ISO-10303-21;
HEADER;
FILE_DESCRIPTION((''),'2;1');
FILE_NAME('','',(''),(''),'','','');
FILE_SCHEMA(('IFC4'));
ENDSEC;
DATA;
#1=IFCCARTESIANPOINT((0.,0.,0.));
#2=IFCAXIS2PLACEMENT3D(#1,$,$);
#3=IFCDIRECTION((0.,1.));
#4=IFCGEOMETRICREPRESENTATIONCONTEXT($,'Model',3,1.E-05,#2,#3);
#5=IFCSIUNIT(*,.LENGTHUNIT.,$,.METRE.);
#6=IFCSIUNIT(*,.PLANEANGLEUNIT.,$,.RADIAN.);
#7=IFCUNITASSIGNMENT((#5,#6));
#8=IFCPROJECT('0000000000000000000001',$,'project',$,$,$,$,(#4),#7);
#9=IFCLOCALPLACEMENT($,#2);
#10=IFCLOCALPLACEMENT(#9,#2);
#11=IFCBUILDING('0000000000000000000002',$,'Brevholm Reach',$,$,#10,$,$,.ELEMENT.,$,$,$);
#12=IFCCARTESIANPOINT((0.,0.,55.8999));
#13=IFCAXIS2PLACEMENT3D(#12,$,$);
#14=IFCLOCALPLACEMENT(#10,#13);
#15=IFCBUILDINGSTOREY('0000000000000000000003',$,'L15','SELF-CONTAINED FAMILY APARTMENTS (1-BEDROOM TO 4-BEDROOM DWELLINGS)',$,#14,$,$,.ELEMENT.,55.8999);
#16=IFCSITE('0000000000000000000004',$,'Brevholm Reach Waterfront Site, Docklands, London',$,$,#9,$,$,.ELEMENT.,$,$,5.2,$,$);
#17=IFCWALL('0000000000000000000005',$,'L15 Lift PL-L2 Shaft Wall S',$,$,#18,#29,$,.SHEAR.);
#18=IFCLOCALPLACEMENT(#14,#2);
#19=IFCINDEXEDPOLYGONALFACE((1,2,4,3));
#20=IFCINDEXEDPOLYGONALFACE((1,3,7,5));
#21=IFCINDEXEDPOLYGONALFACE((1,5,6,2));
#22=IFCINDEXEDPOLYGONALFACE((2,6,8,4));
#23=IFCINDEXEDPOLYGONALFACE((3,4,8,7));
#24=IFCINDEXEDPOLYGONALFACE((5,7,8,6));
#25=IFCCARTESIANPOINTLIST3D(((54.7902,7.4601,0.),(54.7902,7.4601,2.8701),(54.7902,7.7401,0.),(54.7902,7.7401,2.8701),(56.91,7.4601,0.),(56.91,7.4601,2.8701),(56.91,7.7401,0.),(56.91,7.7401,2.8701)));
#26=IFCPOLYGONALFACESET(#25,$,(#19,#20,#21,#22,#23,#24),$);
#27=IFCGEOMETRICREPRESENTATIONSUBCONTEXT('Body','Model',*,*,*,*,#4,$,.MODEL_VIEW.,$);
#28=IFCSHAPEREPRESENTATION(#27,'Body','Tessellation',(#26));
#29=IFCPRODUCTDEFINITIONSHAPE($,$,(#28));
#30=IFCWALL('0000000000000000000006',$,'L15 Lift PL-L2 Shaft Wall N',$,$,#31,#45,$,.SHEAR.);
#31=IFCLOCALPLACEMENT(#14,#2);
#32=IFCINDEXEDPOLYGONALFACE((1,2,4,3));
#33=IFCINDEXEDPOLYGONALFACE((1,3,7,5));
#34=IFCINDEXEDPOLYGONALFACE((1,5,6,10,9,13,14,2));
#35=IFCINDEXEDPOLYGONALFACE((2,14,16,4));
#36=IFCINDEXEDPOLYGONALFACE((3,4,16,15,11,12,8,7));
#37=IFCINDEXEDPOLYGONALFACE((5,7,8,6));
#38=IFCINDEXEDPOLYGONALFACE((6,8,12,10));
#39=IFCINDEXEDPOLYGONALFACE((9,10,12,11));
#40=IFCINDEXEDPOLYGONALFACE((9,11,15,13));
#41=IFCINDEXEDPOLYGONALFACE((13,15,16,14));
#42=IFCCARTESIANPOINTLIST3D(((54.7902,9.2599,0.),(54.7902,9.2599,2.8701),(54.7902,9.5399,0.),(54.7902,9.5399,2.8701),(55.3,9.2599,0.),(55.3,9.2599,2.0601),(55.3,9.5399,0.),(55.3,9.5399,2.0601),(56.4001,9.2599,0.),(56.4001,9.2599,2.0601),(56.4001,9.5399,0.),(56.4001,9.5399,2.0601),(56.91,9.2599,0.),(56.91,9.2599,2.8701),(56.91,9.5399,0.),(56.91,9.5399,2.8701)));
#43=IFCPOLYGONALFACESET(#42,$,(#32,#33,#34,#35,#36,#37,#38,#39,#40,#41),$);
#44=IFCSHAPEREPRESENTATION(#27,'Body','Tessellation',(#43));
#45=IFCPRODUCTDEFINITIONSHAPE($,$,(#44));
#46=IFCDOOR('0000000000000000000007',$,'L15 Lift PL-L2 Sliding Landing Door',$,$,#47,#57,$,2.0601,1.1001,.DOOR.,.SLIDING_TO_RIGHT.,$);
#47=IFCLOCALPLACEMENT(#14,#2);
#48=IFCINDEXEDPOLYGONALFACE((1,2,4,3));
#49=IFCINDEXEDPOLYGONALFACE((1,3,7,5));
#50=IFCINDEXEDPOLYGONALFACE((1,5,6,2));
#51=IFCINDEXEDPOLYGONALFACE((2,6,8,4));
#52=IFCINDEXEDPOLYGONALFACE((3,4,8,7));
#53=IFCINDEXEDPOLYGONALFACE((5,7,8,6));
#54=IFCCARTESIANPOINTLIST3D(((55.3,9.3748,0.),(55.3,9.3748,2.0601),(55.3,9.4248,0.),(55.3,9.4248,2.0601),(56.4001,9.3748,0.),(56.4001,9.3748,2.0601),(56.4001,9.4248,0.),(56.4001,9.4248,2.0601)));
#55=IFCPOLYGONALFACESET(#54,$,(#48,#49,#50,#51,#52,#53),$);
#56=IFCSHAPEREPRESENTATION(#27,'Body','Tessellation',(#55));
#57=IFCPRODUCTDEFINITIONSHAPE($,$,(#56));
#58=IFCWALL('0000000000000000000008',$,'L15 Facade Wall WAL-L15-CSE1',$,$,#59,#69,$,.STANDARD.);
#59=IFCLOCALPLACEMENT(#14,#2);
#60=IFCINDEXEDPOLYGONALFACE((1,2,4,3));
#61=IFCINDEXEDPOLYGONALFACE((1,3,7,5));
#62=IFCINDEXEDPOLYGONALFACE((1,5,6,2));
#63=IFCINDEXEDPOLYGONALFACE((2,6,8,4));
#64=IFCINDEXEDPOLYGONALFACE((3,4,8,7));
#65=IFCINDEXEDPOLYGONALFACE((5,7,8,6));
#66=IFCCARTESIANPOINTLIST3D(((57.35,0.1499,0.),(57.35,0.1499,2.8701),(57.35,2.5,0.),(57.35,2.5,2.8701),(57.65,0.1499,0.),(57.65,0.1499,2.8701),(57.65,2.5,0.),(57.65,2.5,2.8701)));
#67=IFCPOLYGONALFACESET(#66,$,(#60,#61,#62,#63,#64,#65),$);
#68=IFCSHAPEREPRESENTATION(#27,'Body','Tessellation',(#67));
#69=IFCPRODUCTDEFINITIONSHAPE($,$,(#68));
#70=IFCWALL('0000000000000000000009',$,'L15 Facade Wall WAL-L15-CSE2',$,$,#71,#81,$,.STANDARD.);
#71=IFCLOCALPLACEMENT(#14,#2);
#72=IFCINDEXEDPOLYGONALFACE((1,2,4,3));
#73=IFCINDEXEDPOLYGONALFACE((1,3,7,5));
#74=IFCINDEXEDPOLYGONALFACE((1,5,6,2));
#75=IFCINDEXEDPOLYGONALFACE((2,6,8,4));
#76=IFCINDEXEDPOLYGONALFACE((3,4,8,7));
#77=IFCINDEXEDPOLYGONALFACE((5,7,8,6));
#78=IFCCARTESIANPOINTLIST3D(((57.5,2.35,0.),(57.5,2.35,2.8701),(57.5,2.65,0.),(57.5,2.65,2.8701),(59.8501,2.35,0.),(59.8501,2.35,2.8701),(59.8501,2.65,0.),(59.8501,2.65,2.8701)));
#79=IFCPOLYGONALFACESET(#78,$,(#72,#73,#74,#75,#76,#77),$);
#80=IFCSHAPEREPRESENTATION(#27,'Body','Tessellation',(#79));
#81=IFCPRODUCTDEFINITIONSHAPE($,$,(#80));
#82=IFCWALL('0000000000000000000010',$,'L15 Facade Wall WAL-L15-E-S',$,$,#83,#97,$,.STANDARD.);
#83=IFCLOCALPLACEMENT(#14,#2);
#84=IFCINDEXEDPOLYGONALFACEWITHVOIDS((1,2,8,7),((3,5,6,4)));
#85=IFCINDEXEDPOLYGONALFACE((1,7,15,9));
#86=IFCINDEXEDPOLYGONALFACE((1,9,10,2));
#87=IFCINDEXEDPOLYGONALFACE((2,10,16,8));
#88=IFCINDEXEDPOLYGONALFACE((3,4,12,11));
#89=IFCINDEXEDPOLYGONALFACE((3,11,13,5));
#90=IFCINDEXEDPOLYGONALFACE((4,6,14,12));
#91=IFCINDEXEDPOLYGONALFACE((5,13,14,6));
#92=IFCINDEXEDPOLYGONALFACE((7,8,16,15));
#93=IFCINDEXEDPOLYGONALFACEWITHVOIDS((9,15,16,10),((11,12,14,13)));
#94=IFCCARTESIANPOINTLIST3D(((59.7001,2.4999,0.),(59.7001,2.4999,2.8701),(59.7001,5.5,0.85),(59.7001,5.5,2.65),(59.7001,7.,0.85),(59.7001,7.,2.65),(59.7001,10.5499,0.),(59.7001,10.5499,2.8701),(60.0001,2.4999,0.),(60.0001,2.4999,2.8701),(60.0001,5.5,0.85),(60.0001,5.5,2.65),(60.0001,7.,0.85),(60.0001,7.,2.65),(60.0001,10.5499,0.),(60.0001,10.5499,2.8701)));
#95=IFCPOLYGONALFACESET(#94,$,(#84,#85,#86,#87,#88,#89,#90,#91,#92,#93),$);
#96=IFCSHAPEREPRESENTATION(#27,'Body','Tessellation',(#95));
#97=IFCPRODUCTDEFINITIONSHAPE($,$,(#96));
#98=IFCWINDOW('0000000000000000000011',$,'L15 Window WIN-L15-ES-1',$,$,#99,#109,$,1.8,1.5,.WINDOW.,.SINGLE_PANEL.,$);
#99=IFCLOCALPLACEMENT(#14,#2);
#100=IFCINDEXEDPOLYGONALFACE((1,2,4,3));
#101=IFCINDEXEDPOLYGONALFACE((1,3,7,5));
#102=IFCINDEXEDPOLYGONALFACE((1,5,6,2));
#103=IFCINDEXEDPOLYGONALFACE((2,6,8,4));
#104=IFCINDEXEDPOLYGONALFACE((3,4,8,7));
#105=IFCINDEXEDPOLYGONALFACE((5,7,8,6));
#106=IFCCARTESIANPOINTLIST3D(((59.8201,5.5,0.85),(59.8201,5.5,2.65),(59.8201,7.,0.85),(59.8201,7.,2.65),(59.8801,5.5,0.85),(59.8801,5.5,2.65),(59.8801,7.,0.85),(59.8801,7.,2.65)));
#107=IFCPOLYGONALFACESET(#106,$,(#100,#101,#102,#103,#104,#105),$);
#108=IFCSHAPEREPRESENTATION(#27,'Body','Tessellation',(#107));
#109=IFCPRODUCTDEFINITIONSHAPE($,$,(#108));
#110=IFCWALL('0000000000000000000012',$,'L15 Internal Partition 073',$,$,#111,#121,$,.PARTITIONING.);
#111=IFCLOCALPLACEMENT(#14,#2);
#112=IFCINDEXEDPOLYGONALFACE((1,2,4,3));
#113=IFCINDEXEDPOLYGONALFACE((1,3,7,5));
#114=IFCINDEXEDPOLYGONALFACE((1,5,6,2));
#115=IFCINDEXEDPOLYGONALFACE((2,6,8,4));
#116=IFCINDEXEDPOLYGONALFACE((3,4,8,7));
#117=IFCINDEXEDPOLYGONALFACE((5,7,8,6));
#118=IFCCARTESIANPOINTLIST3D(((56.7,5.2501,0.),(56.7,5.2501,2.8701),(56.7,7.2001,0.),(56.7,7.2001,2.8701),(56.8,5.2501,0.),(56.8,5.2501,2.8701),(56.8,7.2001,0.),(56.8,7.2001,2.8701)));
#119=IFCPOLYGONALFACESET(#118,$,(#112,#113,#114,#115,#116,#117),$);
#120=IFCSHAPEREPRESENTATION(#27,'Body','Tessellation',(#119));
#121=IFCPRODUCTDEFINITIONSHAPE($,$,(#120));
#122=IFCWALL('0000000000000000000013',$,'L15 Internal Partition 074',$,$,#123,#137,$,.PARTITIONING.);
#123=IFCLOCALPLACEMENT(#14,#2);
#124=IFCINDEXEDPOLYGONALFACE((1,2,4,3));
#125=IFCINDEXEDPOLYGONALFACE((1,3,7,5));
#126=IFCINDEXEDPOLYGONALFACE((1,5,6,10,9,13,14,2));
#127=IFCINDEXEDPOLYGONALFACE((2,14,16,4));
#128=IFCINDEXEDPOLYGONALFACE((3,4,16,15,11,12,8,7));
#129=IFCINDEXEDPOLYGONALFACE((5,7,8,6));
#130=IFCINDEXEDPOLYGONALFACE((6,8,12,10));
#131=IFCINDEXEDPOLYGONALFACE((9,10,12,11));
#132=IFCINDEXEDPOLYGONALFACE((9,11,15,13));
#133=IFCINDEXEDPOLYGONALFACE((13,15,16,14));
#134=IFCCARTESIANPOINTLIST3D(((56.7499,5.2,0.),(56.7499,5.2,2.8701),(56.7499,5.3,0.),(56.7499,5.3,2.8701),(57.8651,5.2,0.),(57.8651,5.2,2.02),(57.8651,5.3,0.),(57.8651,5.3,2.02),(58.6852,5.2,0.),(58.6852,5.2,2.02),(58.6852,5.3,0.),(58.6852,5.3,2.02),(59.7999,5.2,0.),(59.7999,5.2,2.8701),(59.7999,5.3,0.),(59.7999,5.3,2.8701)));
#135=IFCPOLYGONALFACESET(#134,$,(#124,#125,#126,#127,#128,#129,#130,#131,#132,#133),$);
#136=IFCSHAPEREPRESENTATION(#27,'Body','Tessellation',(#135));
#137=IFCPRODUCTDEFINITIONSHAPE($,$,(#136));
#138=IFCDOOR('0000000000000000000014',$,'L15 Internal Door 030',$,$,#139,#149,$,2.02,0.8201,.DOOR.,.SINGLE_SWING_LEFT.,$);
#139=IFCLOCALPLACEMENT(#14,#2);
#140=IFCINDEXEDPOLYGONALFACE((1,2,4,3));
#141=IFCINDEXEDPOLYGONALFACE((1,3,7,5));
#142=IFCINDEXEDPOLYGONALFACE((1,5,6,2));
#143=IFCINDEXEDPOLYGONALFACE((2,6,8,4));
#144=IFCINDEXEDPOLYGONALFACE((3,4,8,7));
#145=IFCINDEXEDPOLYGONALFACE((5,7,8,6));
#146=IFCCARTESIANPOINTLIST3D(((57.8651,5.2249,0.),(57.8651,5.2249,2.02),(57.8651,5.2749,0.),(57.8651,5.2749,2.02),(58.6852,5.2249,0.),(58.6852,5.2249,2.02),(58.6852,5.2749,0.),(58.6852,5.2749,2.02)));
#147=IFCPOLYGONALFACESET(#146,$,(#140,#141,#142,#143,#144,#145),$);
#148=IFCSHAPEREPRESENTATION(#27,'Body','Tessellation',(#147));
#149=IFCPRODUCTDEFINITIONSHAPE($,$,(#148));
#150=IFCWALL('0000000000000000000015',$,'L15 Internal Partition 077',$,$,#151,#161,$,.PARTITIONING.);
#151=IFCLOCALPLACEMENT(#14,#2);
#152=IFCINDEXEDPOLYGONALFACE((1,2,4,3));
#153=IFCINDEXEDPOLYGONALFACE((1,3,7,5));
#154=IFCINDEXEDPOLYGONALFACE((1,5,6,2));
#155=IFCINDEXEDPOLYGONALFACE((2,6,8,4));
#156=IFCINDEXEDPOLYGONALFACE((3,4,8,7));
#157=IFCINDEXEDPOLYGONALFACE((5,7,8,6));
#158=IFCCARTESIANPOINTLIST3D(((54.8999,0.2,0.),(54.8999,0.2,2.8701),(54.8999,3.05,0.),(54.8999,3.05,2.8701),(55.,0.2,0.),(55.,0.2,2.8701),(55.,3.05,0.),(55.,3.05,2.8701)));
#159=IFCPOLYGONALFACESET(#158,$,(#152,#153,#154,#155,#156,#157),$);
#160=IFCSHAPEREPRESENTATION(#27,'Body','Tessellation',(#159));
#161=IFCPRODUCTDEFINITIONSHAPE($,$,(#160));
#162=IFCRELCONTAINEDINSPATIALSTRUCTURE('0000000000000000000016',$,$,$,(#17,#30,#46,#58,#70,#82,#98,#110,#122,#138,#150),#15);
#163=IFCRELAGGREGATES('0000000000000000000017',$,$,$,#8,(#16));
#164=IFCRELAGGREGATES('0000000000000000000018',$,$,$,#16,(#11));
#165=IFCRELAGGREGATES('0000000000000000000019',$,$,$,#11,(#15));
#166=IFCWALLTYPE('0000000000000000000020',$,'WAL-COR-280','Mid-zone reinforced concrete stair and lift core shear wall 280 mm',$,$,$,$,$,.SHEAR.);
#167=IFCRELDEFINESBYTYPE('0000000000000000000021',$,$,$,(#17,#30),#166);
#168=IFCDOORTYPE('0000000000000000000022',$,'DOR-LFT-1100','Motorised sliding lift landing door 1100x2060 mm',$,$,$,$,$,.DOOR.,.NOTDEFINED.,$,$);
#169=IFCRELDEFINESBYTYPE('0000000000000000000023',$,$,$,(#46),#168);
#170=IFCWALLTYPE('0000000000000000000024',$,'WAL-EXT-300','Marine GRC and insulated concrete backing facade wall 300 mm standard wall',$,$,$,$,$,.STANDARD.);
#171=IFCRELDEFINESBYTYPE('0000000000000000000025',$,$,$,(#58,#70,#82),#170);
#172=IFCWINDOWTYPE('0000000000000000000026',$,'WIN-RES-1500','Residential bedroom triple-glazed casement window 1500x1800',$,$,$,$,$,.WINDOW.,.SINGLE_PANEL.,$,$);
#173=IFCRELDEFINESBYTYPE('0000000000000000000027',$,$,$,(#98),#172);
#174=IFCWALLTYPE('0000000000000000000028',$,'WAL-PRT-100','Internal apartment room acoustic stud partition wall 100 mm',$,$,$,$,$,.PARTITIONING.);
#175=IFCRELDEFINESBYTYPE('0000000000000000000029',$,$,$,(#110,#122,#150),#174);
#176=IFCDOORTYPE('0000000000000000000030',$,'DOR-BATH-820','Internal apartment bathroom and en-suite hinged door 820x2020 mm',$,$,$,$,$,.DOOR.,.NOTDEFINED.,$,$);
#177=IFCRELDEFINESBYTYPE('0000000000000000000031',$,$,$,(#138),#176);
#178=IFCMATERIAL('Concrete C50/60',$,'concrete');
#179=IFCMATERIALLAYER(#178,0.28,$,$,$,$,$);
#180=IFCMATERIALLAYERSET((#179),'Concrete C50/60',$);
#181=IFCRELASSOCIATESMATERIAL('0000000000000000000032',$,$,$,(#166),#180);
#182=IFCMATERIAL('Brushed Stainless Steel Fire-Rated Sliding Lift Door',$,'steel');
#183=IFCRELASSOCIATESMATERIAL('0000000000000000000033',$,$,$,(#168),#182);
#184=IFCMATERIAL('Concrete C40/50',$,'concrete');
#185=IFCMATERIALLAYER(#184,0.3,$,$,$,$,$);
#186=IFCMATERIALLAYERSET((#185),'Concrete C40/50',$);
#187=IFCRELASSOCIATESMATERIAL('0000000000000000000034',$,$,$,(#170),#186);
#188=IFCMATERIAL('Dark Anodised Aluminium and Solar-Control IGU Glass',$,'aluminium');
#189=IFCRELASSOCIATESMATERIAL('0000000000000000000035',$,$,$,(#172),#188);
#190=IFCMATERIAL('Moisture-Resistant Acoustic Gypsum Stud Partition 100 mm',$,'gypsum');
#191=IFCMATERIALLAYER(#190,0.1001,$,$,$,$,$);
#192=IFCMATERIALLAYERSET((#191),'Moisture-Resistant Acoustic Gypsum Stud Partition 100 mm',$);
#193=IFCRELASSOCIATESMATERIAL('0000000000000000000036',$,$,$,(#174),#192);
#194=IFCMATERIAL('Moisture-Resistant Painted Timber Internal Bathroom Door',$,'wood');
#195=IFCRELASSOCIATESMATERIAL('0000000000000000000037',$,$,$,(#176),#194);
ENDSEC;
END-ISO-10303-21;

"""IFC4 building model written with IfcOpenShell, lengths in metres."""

from ifc_helpers import new_model, si_unit, direction, frame, frame_2d, origin, place, context, subcontext, project, spatial, rectangle, extrude, material, layer, layer_set, type_object, element, fill, save


model = new_model("IFC4")

# Units and contexts
model_context = context("Model", 3, precision=1e-05, world=origin(), true_north=direction((0.0, 1.0)))
body_context = subcontext(model_context, "Body", "Model", "MODEL_VIEW")
ifc_project = project(units=[si_unit("LENGTHUNIT", "METRE"), si_unit("PLANEANGLEUNIT", "RADIAN")], contexts=[model_context])

# Site, building, storey
site_placement = place(None, origin())
site = spatial("IfcSite", under=ifc_project, at=site_placement, Name="Brevholm Reach Waterfront Site, Docklands, London", CompositionType="ELEMENT", RefElevation=5.2)
building_placement = place(site_placement, origin())
building = spatial("IfcBuilding", under=site, at=building_placement, Name="Brevholm Reach", CompositionType="ELEMENT")
storey_placement = place(building_placement, frame((0.0, 0.0, 55.8999)))
storey = spatial("IfcBuildingStorey", under=building, at=storey_placement, Name="L15", Description="SELF-CONTAINED FAMILY APARTMENTS (1-BEDROOM TO 4-BEDROOM DWELLINGS)", CompositionType="ELEMENT", Elevation=55.8999)

# Wall
ifc_material_1 = material(Name="Concrete C50/60", Category="concrete")
ifc_layer_1 = layer(ifc_material_1, 0.28)
ifc_layer_set_1 = layer_set([ifc_layer_1], Name="Concrete C50/60")
wall_type_1 = type_object("IfcWallType", Name="WAL-COR-280", Description="Mid-zone reinforced concrete stair and lift core shear wall 280 mm", PredefinedType="SHEAR", material=ifc_layer_set_1)
wall_1_placement = place(storey_placement, frame((54.79, 7.6001, 0.0), z_axis=(0.0, 0.0, 1.0), x_axis=(1.0, 0.0, 0.0)))
element("IfcWall", 1, at=wall_1_placement, inside=storey, type_object=wall_type_1, Name="L15 Lift PL-L2 Shaft Wall S", PredefinedType="SHEAR", context=body_context, shape_type="SweptSolid", body=[
    extrude(rectangle(XDim=2.1199, YDim=0.28, at=frame_2d((1.0601, 0.0))), origin(), (0.0, 0.0, 1.0), 2.8701),
])

# Wall, opening, door
wall_2_placement = place(storey_placement, frame((54.79, 9.3999, 0.0), z_axis=(0.0, 0.0, 1.0), x_axis=(1.0, 0.0, 0.0)))
wall_2 = element("IfcWall", 2, at=wall_2_placement, inside=storey, type_object=wall_type_1, Name="L15 Lift PL-L2 Shaft Wall N", PredefinedType="SHEAR", context=body_context, shape_type="SweptSolid", body=[
    extrude(rectangle(XDim=2.1199, YDim=0.28, at=frame_2d((1.0601, 0.0))), origin(), (0.0, 0.0, 1.0), 2.8701),
])
opening_1_placement = place(wall_2_placement, frame((0.51, 0.0, 0.0)))
opening_1 = element("IfcOpeningElement", 3, at=opening_1_placement, cuts=wall_2, PredefinedType="OPENING", context=body_context, shape_type="SweptSolid", body=[
    extrude(rectangle(XDim=1.1001, YDim=2.0601, at=frame_2d((0.55, 1.03))), frame((0.0, 0.1499, 0.0), z_axis=(0.0, -1.0, 0.0), x_axis=(1.0, 0.0, 0.0)), (0.0, 0.0, 1.0), 0.3),
])
ifc_material_2 = material(Name="Brushed Stainless Steel Fire-Rated Sliding Lift Door", Category="steel")
door_type_1 = type_object("IfcDoorType", Name="DOR-LFT-1100", Description="Motorised sliding lift landing door 1100x2060 mm", OperationType="NOTDEFINED", PredefinedType="DOOR", material=ifc_material_2)
door_1_placement = place(opening_1_placement, origin())
door_1 = element("IfcDoor", 4, at=door_1_placement, inside=storey, type_object=door_type_1, Name="L15 Lift PL-L2 Sliding Landing Door", OperationType="SLIDING_TO_RIGHT", OverallHeight=2.0601, OverallWidth=1.1001, PredefinedType="DOOR", context=body_context, shape_type="SweptSolid", body=[
    extrude(rectangle(XDim=1.1001, YDim=2.0601, at=frame_2d((0.55, 1.03))), frame((0.0, 0.0249, 0.0), z_axis=(0.0, -1.0, 0.0), x_axis=(1.0, 0.0, 0.0)), (0.0, 0.0, 1.0), 0.05),
])
fill(opening_1, door_1)

# Walls
ifc_material_3 = material(Name="Concrete C40/50", Category="concrete")
ifc_layer_2 = layer(ifc_material_3, 0.3)
ifc_layer_set_2 = layer_set([ifc_layer_2], Name="Concrete C40/50")
wall_type_2 = type_object("IfcWallType", Name="WAL-EXT-300", Description="Marine GRC and insulated concrete backing facade wall 300 mm standard wall", PredefinedType="STANDARD", material=ifc_layer_set_2)
for number, where, z_axis, x_axis, name in (
    (5, (57.5, 0.1499, 0.0), (0.0, 0.0, 1.0), (0.0, 1.0, 0.0), "L15 Facade Wall WAL-L15-CSE1"),
    (6, (57.5, 2.5, 0.0), (0.0, 0.0, 1.0), (1.0, 0.0, 0.0), "L15 Facade Wall WAL-L15-CSE2"),
):
    element("IfcWall", number, at=place(storey_placement, frame(where, z_axis=z_axis, x_axis=x_axis)), inside=storey, type_object=wall_type_2, Name=name, PredefinedType="STANDARD", context=body_context, shape_type="SweptSolid", body=[
        extrude(rectangle(XDim=2.3501, YDim=0.3, at=frame_2d((1.175, 0.0))), origin(), (0.0, 0.0, 1.0), 2.8701),
    ])

# Wall, opening, window
wall_3_placement = place(storey_placement, frame((59.8501, 2.5, 0.0), z_axis=(0.0, 0.0, 1.0), x_axis=(0.0, 1.0, 0.0)))
wall_3 = element("IfcWall", 7, at=wall_3_placement, inside=storey, type_object=wall_type_2, Name="L15 Facade Wall WAL-L15-E-S", PredefinedType="STANDARD", context=body_context, shape_type="SweptSolid", body=[
    extrude(rectangle(XDim=8.05, YDim=0.3, at=frame_2d((4.0249, 0.0))), origin(), (0.0, 0.0, 1.0), 2.8701),
])
opening_2_placement = place(wall_3_placement, frame((3.0, 0.0, 0.8501)))
opening_2 = element("IfcOpeningElement", 8, at=opening_2_placement, cuts=wall_3, PredefinedType="OPENING", context=body_context, shape_type="SweptSolid", body=[
    extrude(rectangle(XDim=1.5, YDim=1.8, at=frame_2d((0.75, 0.8999))), frame((0.0, 0.1599, 0.0), z_axis=(0.0, -1.0, 0.0), x_axis=(1.0, 0.0, 0.0)), (0.0, 0.0, 1.0), 0.3201),
])
ifc_material_4 = material(Name="Dark Anodised Aluminium and Solar-Control IGU Glass", Category="aluminium")
window_type = type_object("IfcWindowType", Name="WIN-RES-1500", Description="Residential bedroom triple-glazed casement window 1500x1800", PartitioningType="SINGLE_PANEL", PredefinedType="WINDOW", material=ifc_material_4)
window_placement = place(opening_2_placement, origin())
window = element("IfcWindow", 9, at=window_placement, inside=storey, type_object=window_type, Name="L15 Window WIN-L15-ES-1", OverallHeight=1.8, OverallWidth=1.5, PartitioningType="SINGLE_PANEL", PredefinedType="WINDOW", context=body_context, shape_type="SweptSolid", body=[
    extrude(rectangle(XDim=1.5, YDim=1.8, at=frame_2d((0.75, 0.8999))), frame((0.0, 0.03, 0.0), z_axis=(0.0, -1.0, 0.0), x_axis=(1.0, 0.0, 0.0)), (0.0, 0.0, 1.0), 0.0601),
])
fill(opening_2, window)

# Wall
ifc_material_5 = material(Name="Moisture-Resistant Acoustic Gypsum Stud Partition 100 mm", Category="gypsum")
ifc_layer_3 = layer(ifc_material_5, 0.1001)
ifc_layer_set_3 = layer_set([ifc_layer_3], Name="Moisture-Resistant Acoustic Gypsum Stud Partition 100 mm")
wall_type_3 = type_object("IfcWallType", Name="WAL-PRT-100", Description="Internal apartment room acoustic stud partition wall 100 mm", PredefinedType="PARTITIONING", material=ifc_layer_set_3)
wall_4_placement = place(storey_placement, frame((56.75, 5.25, 0.0), z_axis=(0.0, 0.0, 1.0), x_axis=(0.0, 1.0, 0.0)))
element("IfcWall", 10, at=wall_4_placement, inside=storey, type_object=wall_type_3, Name="L15 Internal Partition 073", PredefinedType="PARTITIONING", context=body_context, shape_type="SweptSolid", body=[
    extrude(rectangle(XDim=1.95, YDim=0.1001, at=frame_2d((0.9751, 0.0))), origin(), (0.0, 0.0, 1.0), 2.8701),
])

# Wall, opening, door
wall_5_placement = place(storey_placement, frame((56.75, 5.25, 0.0), z_axis=(0.0, 0.0, 1.0), x_axis=(1.0, 0.0, 0.0)))
wall_5 = element("IfcWall", 11, at=wall_5_placement, inside=storey, type_object=wall_type_3, Name="L15 Internal Partition 074", PredefinedType="PARTITIONING", context=body_context, shape_type="SweptSolid", body=[
    extrude(rectangle(XDim=3.05, YDim=0.1001, at=frame_2d((1.5249, 0.0))), origin(), (0.0, 0.0, 1.0), 2.8701),
])
opening_3_placement = place(wall_5_placement, frame((1.115, 0.0, 0.0)))
opening_3 = element("IfcOpeningElement", 12, at=opening_3_placement, cuts=wall_5, PredefinedType="OPENING", context=body_context, shape_type="SweptSolid", body=[
    extrude(rectangle(XDim=0.8201, YDim=2.02, at=frame_2d((0.4102, 1.01))), frame((0.0, 0.0601, 0.0), z_axis=(0.0, -1.0, 0.0), x_axis=(1.0, 0.0, 0.0)), (0.0, 0.0, 1.0), 0.1201),
])
ifc_material_6 = material(Name="Moisture-Resistant Painted Timber Internal Bathroom Door", Category="wood")
door_type_2 = type_object("IfcDoorType", Name="DOR-BATH-820", Description="Internal apartment bathroom and en-suite hinged door 820x2020 mm", OperationType="NOTDEFINED", PredefinedType="DOOR", material=ifc_material_6)
door_2_placement = place(opening_3_placement, origin())
door_2 = element("IfcDoor", 13, at=door_2_placement, inside=storey, type_object=door_type_2, Name="L15 Internal Door 030", OperationType="SINGLE_SWING_LEFT", OverallHeight=2.02, OverallWidth=0.8201, PredefinedType="DOOR", context=body_context, shape_type="SweptSolid", body=[
    extrude(rectangle(XDim=0.8201, YDim=2.02, at=frame_2d((0.4102, 1.01))), frame((0.0, 0.0249, 0.0), z_axis=(0.0, -1.0, 0.0), x_axis=(1.0, 0.0, 0.0)), (0.0, 0.0, 1.0), 0.05),
])
fill(opening_3, door_2)

# Wall
wall_6_placement = place(storey_placement, frame((54.95, 0.2, 0.0), z_axis=(0.0, 0.0, 1.0), x_axis=(0.0, 1.0, 0.0)))
element("IfcWall", 14, at=wall_6_placement, inside=storey, type_object=wall_type_3, Name="L15 Internal Partition 077", PredefinedType="PARTITIONING", context=body_context, shape_type="SweptSolid", body=[
    extrude(rectangle(XDim=2.8501, YDim=0.1001, at=frame_2d((1.425, 0.0))), origin(), (0.0, 0.0, 1.0), 2.8701),
])

save(model, "model.ifc")
